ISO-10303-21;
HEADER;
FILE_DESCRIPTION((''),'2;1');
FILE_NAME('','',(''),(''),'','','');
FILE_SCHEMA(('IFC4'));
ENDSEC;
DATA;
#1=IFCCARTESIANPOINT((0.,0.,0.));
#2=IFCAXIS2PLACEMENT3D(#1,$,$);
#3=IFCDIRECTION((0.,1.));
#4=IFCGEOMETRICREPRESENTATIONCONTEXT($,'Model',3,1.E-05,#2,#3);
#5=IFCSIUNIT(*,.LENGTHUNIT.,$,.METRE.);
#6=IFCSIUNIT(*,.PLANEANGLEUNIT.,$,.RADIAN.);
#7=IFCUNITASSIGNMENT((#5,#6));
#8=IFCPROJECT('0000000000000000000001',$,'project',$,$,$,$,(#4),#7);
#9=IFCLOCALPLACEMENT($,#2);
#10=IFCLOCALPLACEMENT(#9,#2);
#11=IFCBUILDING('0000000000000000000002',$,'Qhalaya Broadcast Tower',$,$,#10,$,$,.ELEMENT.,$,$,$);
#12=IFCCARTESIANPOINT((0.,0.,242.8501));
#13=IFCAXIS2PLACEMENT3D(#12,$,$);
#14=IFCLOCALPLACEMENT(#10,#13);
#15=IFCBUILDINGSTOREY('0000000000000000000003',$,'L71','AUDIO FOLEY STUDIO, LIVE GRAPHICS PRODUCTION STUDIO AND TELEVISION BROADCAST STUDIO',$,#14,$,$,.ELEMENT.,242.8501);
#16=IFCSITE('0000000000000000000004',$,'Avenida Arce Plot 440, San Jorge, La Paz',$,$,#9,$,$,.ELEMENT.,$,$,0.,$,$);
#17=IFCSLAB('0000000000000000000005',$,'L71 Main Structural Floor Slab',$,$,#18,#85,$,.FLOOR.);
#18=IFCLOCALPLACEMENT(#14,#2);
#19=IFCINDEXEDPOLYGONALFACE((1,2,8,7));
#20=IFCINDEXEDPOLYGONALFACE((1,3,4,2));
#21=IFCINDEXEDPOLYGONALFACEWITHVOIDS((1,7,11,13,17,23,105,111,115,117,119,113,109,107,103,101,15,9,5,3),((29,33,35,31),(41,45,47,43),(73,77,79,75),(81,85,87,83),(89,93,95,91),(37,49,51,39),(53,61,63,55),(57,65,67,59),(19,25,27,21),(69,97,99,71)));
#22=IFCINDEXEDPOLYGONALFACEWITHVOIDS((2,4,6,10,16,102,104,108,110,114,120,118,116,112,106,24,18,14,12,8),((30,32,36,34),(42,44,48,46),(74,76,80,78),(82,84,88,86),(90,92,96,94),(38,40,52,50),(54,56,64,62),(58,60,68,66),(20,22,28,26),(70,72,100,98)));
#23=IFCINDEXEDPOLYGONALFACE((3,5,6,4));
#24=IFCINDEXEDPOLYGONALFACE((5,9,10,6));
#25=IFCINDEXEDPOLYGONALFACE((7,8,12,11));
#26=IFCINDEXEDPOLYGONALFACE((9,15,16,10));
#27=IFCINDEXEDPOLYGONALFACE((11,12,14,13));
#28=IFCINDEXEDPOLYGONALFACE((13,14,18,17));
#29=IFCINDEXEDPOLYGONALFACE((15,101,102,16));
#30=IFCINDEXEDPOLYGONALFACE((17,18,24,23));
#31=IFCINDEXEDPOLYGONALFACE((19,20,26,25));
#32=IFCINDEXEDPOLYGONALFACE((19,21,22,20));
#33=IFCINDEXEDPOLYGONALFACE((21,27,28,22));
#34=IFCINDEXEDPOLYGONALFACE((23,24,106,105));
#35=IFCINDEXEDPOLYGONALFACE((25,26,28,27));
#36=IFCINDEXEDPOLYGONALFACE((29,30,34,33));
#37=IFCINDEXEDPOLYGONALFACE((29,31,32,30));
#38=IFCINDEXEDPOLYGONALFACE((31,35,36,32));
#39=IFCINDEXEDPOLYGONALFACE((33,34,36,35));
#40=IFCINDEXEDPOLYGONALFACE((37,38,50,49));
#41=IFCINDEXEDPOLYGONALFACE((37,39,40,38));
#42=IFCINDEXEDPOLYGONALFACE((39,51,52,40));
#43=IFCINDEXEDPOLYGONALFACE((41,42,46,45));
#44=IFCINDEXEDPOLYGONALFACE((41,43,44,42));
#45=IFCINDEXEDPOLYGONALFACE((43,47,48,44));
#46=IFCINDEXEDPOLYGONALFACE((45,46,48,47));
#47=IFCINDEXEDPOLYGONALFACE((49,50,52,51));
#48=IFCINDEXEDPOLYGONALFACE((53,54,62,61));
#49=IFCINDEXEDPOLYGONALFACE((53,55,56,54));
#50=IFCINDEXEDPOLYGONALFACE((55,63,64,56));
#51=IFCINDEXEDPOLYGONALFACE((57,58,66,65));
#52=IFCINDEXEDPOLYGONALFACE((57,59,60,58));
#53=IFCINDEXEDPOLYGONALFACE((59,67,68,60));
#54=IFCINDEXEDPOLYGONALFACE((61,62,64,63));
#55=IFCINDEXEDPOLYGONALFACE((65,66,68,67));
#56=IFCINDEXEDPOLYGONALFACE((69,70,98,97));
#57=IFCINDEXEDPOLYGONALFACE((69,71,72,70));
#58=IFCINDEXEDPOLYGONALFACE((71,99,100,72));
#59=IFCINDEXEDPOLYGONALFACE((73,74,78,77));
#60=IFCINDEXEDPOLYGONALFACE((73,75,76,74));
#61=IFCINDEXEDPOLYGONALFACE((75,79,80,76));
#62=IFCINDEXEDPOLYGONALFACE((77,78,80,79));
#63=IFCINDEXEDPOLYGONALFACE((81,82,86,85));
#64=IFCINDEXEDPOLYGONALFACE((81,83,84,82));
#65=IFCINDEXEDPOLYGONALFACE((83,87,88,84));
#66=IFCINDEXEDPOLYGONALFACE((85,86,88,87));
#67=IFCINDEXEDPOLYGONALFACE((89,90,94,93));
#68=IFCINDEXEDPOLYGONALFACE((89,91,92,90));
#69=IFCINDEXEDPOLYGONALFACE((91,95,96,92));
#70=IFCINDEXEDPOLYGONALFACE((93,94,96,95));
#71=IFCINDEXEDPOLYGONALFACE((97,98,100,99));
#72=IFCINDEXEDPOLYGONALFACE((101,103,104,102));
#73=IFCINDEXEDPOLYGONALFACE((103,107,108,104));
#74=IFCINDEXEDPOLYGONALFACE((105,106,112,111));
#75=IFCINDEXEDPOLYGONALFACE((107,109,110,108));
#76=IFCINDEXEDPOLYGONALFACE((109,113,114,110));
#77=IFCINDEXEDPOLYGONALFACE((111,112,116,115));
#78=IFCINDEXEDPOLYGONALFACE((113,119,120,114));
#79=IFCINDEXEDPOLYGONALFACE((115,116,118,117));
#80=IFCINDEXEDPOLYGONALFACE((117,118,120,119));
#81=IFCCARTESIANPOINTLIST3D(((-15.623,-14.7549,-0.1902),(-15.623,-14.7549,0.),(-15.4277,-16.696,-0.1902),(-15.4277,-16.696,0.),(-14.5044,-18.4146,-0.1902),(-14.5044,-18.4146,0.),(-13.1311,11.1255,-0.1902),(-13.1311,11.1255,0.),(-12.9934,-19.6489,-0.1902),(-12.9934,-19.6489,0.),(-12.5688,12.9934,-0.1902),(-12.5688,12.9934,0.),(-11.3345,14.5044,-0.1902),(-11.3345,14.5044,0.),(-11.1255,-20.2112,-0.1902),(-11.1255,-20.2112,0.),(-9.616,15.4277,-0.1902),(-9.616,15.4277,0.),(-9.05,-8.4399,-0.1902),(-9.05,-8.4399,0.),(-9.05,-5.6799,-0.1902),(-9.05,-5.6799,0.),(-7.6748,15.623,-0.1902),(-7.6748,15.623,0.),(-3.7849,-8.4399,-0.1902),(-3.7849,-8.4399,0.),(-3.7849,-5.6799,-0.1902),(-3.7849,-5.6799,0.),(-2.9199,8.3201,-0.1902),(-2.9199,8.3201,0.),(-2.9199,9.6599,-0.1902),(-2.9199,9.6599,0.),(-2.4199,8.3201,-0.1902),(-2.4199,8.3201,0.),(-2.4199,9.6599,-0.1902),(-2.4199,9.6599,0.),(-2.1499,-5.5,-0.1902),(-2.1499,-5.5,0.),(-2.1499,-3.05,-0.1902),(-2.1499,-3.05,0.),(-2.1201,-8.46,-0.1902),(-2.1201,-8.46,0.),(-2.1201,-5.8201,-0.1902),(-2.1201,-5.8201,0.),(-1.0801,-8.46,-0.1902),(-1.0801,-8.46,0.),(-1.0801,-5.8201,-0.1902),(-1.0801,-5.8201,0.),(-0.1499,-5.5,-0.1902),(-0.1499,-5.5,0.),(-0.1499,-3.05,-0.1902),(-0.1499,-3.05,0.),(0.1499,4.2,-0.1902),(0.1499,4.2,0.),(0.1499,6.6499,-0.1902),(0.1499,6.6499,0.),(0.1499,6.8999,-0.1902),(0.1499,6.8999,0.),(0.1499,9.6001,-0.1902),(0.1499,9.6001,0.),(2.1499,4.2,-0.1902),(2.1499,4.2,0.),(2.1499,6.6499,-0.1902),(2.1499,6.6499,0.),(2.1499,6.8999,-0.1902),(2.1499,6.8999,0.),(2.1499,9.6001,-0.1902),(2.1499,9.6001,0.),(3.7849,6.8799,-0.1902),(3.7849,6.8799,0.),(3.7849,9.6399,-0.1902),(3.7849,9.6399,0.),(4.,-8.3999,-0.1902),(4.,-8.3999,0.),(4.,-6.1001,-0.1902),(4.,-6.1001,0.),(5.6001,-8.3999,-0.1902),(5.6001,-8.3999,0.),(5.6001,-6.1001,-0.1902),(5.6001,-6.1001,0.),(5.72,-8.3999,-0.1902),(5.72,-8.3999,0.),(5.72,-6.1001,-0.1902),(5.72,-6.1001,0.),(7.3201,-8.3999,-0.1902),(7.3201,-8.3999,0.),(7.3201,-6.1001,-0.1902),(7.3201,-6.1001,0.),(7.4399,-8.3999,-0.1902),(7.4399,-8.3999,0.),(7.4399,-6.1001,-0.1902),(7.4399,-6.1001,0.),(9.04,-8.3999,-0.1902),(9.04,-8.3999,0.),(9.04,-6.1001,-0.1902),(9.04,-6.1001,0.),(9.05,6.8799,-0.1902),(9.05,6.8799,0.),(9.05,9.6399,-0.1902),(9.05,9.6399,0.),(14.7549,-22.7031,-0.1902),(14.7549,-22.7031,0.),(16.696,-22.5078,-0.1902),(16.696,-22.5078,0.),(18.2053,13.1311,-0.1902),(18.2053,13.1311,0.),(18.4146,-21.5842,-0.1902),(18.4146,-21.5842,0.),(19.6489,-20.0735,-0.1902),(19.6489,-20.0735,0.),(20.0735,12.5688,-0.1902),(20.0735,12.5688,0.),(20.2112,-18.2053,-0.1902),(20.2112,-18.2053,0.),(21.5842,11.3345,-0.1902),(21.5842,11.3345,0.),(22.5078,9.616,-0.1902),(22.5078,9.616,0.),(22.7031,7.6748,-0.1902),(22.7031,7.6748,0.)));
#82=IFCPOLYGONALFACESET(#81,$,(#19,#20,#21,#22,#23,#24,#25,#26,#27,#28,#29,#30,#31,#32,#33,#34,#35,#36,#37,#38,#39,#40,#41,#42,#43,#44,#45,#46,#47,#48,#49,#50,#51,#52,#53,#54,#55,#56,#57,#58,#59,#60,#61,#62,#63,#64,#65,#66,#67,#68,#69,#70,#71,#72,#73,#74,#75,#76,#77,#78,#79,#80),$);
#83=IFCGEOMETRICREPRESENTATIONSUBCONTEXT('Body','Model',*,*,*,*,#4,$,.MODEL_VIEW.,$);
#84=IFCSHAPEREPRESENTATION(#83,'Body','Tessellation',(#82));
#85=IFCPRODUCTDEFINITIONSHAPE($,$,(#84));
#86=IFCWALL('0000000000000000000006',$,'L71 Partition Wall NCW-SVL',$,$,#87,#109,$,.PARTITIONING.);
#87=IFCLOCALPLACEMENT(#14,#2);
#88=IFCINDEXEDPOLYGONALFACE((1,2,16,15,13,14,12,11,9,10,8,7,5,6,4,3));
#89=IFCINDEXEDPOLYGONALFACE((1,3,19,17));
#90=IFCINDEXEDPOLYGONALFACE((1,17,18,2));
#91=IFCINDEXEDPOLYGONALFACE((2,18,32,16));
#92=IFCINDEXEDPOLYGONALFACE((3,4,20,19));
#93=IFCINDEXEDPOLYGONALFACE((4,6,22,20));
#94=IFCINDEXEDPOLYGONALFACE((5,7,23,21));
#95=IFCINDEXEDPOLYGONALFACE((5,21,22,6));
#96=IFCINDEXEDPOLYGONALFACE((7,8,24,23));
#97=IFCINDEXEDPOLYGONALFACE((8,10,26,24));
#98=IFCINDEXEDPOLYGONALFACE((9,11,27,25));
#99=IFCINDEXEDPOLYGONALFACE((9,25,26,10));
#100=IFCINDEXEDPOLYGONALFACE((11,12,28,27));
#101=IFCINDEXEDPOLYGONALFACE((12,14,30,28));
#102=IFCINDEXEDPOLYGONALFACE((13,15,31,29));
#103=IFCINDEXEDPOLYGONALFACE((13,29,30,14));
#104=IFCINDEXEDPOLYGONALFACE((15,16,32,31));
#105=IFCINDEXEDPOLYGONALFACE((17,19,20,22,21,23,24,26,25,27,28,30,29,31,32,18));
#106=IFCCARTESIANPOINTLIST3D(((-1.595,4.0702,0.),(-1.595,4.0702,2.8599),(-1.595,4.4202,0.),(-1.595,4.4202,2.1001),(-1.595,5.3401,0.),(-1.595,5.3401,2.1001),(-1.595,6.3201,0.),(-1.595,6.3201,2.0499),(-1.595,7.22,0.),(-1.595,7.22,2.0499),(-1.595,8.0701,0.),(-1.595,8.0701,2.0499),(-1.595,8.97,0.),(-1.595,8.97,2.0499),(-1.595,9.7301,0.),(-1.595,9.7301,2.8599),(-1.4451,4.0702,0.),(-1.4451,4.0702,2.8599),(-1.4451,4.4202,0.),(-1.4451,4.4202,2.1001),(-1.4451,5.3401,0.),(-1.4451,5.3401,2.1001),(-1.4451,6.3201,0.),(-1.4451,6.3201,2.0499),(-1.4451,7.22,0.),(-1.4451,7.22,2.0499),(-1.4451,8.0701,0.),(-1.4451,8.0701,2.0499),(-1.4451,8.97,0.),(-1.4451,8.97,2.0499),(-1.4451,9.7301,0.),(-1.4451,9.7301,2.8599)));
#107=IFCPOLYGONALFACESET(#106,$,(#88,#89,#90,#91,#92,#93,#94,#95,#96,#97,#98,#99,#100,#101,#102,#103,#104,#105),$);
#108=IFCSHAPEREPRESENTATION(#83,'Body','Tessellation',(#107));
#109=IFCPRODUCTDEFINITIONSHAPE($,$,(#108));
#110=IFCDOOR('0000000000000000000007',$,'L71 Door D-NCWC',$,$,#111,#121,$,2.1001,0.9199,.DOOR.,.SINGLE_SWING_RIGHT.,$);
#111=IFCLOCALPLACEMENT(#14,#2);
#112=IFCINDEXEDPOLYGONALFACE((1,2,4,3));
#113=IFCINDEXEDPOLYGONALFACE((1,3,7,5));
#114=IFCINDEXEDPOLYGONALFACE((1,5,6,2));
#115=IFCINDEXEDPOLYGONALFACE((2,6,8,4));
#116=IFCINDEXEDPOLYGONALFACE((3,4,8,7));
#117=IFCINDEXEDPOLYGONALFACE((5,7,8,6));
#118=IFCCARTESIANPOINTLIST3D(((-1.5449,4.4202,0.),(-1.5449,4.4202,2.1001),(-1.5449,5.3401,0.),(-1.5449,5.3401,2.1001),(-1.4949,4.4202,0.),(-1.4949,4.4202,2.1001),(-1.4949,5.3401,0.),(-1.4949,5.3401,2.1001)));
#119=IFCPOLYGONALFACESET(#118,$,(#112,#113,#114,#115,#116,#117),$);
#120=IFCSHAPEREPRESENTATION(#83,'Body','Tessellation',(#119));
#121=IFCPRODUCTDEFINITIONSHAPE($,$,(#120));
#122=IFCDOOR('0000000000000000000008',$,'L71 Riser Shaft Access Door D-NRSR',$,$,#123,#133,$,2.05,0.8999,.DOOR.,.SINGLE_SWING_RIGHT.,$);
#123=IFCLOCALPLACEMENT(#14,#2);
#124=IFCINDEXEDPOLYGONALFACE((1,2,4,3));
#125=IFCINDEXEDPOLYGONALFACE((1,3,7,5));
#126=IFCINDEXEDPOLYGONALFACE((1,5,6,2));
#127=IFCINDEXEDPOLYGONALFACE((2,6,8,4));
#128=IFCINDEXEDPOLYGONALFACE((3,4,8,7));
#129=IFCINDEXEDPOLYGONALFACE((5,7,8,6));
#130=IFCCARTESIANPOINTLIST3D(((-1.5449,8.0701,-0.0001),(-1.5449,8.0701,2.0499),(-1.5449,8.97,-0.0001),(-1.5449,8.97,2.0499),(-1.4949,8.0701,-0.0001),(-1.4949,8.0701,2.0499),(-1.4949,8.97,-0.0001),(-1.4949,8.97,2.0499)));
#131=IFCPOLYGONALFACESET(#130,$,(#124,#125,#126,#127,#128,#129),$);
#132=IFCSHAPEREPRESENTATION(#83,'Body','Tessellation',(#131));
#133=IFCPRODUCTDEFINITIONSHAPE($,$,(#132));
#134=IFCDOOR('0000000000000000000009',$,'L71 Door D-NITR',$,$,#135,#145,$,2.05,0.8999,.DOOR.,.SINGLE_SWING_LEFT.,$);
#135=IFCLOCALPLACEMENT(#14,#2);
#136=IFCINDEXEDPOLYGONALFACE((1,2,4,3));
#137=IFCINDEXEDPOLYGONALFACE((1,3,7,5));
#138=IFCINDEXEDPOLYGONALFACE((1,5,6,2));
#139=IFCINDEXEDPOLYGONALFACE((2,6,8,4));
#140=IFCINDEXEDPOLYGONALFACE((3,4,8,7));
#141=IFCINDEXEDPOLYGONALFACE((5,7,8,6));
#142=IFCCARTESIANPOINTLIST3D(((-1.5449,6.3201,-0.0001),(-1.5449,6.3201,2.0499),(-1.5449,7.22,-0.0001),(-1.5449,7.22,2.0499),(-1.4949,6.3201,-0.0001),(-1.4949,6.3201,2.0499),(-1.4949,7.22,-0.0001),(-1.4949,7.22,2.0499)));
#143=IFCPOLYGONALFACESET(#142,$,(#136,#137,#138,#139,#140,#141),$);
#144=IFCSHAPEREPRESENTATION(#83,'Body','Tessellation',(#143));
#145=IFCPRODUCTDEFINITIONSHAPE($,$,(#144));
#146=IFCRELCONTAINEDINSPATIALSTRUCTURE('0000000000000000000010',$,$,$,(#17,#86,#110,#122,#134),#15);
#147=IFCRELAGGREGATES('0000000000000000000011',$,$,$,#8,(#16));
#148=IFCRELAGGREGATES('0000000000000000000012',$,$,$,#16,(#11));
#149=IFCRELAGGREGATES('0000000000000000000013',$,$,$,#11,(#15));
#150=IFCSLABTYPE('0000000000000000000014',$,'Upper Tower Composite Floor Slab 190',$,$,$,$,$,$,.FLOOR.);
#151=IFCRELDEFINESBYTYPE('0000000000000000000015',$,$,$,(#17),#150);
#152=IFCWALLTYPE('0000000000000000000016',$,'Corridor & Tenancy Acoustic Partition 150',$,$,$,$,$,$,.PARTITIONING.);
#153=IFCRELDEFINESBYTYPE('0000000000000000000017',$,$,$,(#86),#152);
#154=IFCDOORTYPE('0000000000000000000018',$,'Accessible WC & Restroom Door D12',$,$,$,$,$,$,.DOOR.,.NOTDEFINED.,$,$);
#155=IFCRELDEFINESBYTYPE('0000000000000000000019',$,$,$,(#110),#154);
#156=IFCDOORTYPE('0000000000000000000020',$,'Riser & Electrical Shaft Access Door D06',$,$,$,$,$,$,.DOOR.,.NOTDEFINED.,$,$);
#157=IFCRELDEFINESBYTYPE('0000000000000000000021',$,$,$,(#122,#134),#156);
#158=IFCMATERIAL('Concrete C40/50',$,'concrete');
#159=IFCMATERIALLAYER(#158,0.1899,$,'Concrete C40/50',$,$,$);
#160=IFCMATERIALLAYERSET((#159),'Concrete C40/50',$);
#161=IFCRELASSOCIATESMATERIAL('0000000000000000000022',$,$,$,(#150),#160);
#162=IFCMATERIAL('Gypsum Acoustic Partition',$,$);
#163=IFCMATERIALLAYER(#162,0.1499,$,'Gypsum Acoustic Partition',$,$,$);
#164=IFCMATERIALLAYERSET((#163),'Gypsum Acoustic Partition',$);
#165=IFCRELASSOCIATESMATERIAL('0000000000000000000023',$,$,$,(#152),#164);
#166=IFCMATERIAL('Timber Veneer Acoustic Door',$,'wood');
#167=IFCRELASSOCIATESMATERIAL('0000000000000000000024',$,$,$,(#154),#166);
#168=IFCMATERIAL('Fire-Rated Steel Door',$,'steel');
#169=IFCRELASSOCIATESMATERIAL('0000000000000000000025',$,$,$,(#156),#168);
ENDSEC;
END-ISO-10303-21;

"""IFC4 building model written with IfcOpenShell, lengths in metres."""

from ifc_helpers import new_model, si_unit, direction, frame, frame_2d, origin, place, context, subcontext, project, spatial, polyline, rectangle, outline, extrude, material, layer, layer_set, type_object, element, fill, save


model = new_model("IFC4")

# Units and contexts
model_context = context("Model", 3, precision=1e-05, world=origin(), true_north=direction((0.0, 1.0)))
body_context = subcontext(model_context, "Body", "Model", "MODEL_VIEW")
ifc_project = project(units=[si_unit("LENGTHUNIT", "METRE"), si_unit("PLANEANGLEUNIT", "RADIAN")], contexts=[model_context])

# Site, building, storey
site_placement = place(None, origin())
site = spatial("IfcSite", under=ifc_project, at=site_placement, Name="Avenida Arce Plot 440, San Jorge, La Paz", CompositionType="ELEMENT", RefElevation=0.0)
building_placement = place(site_placement, origin())
building = spatial("IfcBuilding", under=site, at=building_placement, Name="Qhalaya Broadcast Tower", CompositionType="ELEMENT")
storey_placement = place(building_placement, frame((0.0, 0.0, 242.8501)))
storey = spatial("IfcBuildingStorey", under=building, at=storey_placement, Name="L71", Description="AUDIO FOLEY STUDIO, LIVE GRAPHICS PRODUCTION STUDIO AND TELEVISION BROADCAST STUDIO", CompositionType="ELEMENT", Elevation=242.8501)

# Shared definitions
ifc_material_1 = material(Name="Concrete C40/50", Category="concrete")

# Slab
ifc_layer_1 = layer(ifc_material_1, 0.1899, Name="Concrete C40/50")
ifc_layer_set_1 = layer_set([ifc_layer_1], Name="Concrete C40/50")
slab_type_1 = type_object("IfcSlabType", Name="Upper Tower Composite Floor Slab 190", PredefinedType="FLOOR", material=ifc_layer_set_1)
slab_1_placement = place(storey_placement, frame((0.0, 0.0, -0.1902)))
element("IfcSlab", 1, at=slab_1_placement, inside=storey, type_object=slab_type_1, Name="L71 Main Structural Floor Slab", PredefinedType="FLOOR", context=body_context, shape_type="SweptSolid", body=[
    extrude(outline(polyline([(14.7549, -22.7031), (16.696, -22.5078), (18.4146, -21.5842), (19.6489, -20.0735), (20.2112, -18.2053), (22.7031, 7.6748), (22.5078, 9.616), (21.5842, 11.3345), (20.0735, 12.5688), (18.2053, 13.1311), (-7.6748, 15.623), (-9.616, 15.4277), (-11.3345, 14.5044), (-12.5688, 12.9934), (-13.1311, 11.1255), (-15.623, -14.7549), (-15.4277, -16.696), (-14.5044, -18.4146), (-12.9934, -19.6489), (-11.1255, -20.2112), (14.7549, -22.7031)]), holes=[polyline([(3.7849, 9.6399), (9.05, 9.6399), (9.05, 6.8799), (3.7849, 6.8799), (3.7849, 9.6399)]), polyline([(-3.7849, -8.4399), (-9.05, -8.4399), (-9.05, -5.6799), (-3.7849, -5.6799), (-3.7849, -8.4399)]), polyline([(0.1499, 6.6499), (2.1499, 6.6499), (2.1499, 4.2), (0.1499, 4.2), (0.1499, 6.6499)]), polyline([(0.1499, 9.6001), (2.1499, 9.6001), (2.1499, 6.8999), (0.1499, 6.8999), (0.1499, 9.6001)]), polyline([(-2.1499, -3.05), (-0.1499, -3.05), (-0.1499, -5.5), (-2.1499, -5.5), (-2.1499, -3.05)]), polyline([(4.0, -6.1001), (5.6001, -6.1001), (5.6001, -8.3999), (4.0, -8.3999), (4.0, -6.1001)]), polyline([(5.72, -6.1001), (7.3201, -6.1001), (7.3201, -8.3999), (5.72, -8.3999), (5.72, -6.1001)]), polyline([(7.4399, -6.1001), (9.04, -6.1001), (9.04, -8.3999), (7.4399, -8.3999), (7.4399, -6.1001)]), polyline([(-2.9199, 9.6599), (-2.4199, 9.6599), (-2.4199, 8.3201), (-2.9199, 8.3201), (-2.9199, 9.6599)]), polyline([(-2.1201, -5.8201), (-1.0801, -5.8201), (-1.0801, -8.46), (-2.1201, -8.46), (-2.1201, -5.8201)])]), origin(), (0.0, 0.0, 1.0), 0.1902),
])

# Wall, openings, doors
ifc_material_2 = material(Name="Gypsum Acoustic Partition")
ifc_layer_2 = layer(ifc_material_2, 0.1499, Name="Gypsum Acoustic Partition")
ifc_layer_set_2 = layer_set([ifc_layer_2], Name="Gypsum Acoustic Partition")
wall_type_1 = type_object("IfcWallType", Name="Corridor & Tenancy Acoustic Partition 150", PredefinedType="PARTITIONING", material=ifc_layer_set_2)
wall_1_placement = place(storey_placement, frame((-1.52, 4.0701, 0.0), z_axis=(0.0, 0.0, 1.0), x_axis=(0.0, 1.0, 0.0)))
wall_1 = element("IfcWall", 2, at=wall_1_placement, inside=storey, type_object=wall_type_1, Name="L71 Partition Wall NCW-SVL", PredefinedType="PARTITIONING", context=body_context, shape_type="SweptSolid", body=[
    extrude(rectangle(XDim=5.6599, YDim=0.1499, at=frame_2d((2.8301, 0.0))), origin(), (0.0, 0.0, 1.0), 2.8599),
])
opening_1_placement = place(wall_1_placement, frame((4.0, 0.0, 0.0)))
opening_1 = element("IfcOpeningElement", 3, at=opening_1_placement, cuts=wall_1, PredefinedType="OPENING", context=body_context, shape_type="SweptSolid", body=[
    extrude(rectangle(XDim=0.8999, YDim=2.05, at=frame_2d((0.45, 1.0249))), frame((0.0, 0.0869, 0.0), z_axis=(0.0, -1.0, 0.0), x_axis=(1.0, 0.0, 0.0)), (0.0, 0.0, 1.0), 0.1738),
])
opening_2_placement = place(wall_1_placement, frame((2.25, 0.0, 0.0)))
opening_2 = element("IfcOpeningElement", 4, at=opening_2_placement, cuts=wall_1, PredefinedType="OPENING", context=body_context, shape_type="SweptSolid", body=[
    extrude(rectangle(XDim=0.8999, YDim=2.05, at=frame_2d((0.45, 1.0249))), frame((0.0, 0.0869, 0.0), z_axis=(0.0, -1.0, 0.0), x_axis=(1.0, 0.0, 0.0)), (0.0, 0.0, 1.0), 0.1738),
])
opening_3_placement = place(wall_1_placement, frame((0.3501, 0.0, 0.0)))
opening_3 = element("IfcOpeningElement", 5, at=opening_3_placement, cuts=wall_1, PredefinedType="OPENING", context=body_context, shape_type="SweptSolid", body=[
    extrude(rectangle(XDim=0.9199, YDim=2.1001, at=frame_2d((0.46, 1.05))), frame((0.0, 0.0869, 0.0), z_axis=(0.0, -1.0, 0.0), x_axis=(1.0, 0.0, 0.0)), (0.0, 0.0, 1.0), 0.1738),
])
ifc_material_3 = material(Name="Timber Veneer Acoustic Door", Category="wood")
door_type_1 = type_object("IfcDoorType", Name="Accessible WC & Restroom Door D12", OperationType="NOTDEFINED", PredefinedType="DOOR", material=ifc_material_3)
door_1_placement = place(opening_3_placement, origin())
door_1 = element("IfcDoor", 6, at=door_1_placement, inside=storey, type_object=door_type_1, Name="L71 Door D-NCWC", OperationType="SINGLE_SWING_RIGHT", OverallHeight=2.1001, OverallWidth=0.9199, PredefinedType="DOOR", context=body_context, shape_type="SweptSolid", body=[
    extrude(rectangle(XDim=0.9199, YDim=2.1001, at=frame_2d((0.46, 1.05))), frame((0.0, 0.0249, 0.0), z_axis=(0.0, -1.0, 0.0), x_axis=(1.0, 0.0, 0.0)), (0.0, 0.0, 1.0), 0.05),
])
fill(opening_3, door_1)
ifc_material_4 = material(Name="Fire-Rated Steel Door", Category="steel")
door_type_2 = type_object("IfcDoorType", Name="Riser & Electrical Shaft Access Door D06", OperationType="NOTDEFINED", PredefinedType="DOOR", material=ifc_material_4)
door_2_placement = place(opening_1_placement, origin())
door_2 = element("IfcDoor", 7, at=door_2_placement, inside=storey, type_object=door_type_2, Name="L71 Riser Shaft Access Door D-NRSR", OperationType="SINGLE_SWING_RIGHT", OverallHeight=2.05, OverallWidth=0.8999, PredefinedType="DOOR", context=body_context, shape_type="SweptSolid", body=[
    extrude(rectangle(XDim=0.8999, YDim=2.05, at=frame_2d((0.45, 1.0249))), frame((0.0, 0.0249, 0.0), z_axis=(0.0, -1.0, 0.0), x_axis=(1.0, 0.0, 0.0)), (0.0, 0.0, 1.0), 0.05),
])
fill(opening_1, door_2)
door_3_placement = place(opening_2_placement, origin())
door_3 = element("IfcDoor", 8, at=door_3_placement, inside=storey, type_object=door_type_2, Name="L71 Door D-NITR", OperationType="SINGLE_SWING_LEFT", OverallHeight=2.05, OverallWidth=0.8999, PredefinedType="DOOR", context=body_context, shape_type="SweptSolid", body=[
    extrude(rectangle(XDim=0.8999, YDim=2.05, at=frame_2d((0.45, 1.0249))), frame((0.0, 0.0249, 0.0), z_axis=(0.0, -1.0, 0.0), x_axis=(1.0, 0.0, 0.0)), (0.0, 0.0, 1.0), 0.05),
])
fill(opening_2, door_3)

save(model, "model.ifc")
